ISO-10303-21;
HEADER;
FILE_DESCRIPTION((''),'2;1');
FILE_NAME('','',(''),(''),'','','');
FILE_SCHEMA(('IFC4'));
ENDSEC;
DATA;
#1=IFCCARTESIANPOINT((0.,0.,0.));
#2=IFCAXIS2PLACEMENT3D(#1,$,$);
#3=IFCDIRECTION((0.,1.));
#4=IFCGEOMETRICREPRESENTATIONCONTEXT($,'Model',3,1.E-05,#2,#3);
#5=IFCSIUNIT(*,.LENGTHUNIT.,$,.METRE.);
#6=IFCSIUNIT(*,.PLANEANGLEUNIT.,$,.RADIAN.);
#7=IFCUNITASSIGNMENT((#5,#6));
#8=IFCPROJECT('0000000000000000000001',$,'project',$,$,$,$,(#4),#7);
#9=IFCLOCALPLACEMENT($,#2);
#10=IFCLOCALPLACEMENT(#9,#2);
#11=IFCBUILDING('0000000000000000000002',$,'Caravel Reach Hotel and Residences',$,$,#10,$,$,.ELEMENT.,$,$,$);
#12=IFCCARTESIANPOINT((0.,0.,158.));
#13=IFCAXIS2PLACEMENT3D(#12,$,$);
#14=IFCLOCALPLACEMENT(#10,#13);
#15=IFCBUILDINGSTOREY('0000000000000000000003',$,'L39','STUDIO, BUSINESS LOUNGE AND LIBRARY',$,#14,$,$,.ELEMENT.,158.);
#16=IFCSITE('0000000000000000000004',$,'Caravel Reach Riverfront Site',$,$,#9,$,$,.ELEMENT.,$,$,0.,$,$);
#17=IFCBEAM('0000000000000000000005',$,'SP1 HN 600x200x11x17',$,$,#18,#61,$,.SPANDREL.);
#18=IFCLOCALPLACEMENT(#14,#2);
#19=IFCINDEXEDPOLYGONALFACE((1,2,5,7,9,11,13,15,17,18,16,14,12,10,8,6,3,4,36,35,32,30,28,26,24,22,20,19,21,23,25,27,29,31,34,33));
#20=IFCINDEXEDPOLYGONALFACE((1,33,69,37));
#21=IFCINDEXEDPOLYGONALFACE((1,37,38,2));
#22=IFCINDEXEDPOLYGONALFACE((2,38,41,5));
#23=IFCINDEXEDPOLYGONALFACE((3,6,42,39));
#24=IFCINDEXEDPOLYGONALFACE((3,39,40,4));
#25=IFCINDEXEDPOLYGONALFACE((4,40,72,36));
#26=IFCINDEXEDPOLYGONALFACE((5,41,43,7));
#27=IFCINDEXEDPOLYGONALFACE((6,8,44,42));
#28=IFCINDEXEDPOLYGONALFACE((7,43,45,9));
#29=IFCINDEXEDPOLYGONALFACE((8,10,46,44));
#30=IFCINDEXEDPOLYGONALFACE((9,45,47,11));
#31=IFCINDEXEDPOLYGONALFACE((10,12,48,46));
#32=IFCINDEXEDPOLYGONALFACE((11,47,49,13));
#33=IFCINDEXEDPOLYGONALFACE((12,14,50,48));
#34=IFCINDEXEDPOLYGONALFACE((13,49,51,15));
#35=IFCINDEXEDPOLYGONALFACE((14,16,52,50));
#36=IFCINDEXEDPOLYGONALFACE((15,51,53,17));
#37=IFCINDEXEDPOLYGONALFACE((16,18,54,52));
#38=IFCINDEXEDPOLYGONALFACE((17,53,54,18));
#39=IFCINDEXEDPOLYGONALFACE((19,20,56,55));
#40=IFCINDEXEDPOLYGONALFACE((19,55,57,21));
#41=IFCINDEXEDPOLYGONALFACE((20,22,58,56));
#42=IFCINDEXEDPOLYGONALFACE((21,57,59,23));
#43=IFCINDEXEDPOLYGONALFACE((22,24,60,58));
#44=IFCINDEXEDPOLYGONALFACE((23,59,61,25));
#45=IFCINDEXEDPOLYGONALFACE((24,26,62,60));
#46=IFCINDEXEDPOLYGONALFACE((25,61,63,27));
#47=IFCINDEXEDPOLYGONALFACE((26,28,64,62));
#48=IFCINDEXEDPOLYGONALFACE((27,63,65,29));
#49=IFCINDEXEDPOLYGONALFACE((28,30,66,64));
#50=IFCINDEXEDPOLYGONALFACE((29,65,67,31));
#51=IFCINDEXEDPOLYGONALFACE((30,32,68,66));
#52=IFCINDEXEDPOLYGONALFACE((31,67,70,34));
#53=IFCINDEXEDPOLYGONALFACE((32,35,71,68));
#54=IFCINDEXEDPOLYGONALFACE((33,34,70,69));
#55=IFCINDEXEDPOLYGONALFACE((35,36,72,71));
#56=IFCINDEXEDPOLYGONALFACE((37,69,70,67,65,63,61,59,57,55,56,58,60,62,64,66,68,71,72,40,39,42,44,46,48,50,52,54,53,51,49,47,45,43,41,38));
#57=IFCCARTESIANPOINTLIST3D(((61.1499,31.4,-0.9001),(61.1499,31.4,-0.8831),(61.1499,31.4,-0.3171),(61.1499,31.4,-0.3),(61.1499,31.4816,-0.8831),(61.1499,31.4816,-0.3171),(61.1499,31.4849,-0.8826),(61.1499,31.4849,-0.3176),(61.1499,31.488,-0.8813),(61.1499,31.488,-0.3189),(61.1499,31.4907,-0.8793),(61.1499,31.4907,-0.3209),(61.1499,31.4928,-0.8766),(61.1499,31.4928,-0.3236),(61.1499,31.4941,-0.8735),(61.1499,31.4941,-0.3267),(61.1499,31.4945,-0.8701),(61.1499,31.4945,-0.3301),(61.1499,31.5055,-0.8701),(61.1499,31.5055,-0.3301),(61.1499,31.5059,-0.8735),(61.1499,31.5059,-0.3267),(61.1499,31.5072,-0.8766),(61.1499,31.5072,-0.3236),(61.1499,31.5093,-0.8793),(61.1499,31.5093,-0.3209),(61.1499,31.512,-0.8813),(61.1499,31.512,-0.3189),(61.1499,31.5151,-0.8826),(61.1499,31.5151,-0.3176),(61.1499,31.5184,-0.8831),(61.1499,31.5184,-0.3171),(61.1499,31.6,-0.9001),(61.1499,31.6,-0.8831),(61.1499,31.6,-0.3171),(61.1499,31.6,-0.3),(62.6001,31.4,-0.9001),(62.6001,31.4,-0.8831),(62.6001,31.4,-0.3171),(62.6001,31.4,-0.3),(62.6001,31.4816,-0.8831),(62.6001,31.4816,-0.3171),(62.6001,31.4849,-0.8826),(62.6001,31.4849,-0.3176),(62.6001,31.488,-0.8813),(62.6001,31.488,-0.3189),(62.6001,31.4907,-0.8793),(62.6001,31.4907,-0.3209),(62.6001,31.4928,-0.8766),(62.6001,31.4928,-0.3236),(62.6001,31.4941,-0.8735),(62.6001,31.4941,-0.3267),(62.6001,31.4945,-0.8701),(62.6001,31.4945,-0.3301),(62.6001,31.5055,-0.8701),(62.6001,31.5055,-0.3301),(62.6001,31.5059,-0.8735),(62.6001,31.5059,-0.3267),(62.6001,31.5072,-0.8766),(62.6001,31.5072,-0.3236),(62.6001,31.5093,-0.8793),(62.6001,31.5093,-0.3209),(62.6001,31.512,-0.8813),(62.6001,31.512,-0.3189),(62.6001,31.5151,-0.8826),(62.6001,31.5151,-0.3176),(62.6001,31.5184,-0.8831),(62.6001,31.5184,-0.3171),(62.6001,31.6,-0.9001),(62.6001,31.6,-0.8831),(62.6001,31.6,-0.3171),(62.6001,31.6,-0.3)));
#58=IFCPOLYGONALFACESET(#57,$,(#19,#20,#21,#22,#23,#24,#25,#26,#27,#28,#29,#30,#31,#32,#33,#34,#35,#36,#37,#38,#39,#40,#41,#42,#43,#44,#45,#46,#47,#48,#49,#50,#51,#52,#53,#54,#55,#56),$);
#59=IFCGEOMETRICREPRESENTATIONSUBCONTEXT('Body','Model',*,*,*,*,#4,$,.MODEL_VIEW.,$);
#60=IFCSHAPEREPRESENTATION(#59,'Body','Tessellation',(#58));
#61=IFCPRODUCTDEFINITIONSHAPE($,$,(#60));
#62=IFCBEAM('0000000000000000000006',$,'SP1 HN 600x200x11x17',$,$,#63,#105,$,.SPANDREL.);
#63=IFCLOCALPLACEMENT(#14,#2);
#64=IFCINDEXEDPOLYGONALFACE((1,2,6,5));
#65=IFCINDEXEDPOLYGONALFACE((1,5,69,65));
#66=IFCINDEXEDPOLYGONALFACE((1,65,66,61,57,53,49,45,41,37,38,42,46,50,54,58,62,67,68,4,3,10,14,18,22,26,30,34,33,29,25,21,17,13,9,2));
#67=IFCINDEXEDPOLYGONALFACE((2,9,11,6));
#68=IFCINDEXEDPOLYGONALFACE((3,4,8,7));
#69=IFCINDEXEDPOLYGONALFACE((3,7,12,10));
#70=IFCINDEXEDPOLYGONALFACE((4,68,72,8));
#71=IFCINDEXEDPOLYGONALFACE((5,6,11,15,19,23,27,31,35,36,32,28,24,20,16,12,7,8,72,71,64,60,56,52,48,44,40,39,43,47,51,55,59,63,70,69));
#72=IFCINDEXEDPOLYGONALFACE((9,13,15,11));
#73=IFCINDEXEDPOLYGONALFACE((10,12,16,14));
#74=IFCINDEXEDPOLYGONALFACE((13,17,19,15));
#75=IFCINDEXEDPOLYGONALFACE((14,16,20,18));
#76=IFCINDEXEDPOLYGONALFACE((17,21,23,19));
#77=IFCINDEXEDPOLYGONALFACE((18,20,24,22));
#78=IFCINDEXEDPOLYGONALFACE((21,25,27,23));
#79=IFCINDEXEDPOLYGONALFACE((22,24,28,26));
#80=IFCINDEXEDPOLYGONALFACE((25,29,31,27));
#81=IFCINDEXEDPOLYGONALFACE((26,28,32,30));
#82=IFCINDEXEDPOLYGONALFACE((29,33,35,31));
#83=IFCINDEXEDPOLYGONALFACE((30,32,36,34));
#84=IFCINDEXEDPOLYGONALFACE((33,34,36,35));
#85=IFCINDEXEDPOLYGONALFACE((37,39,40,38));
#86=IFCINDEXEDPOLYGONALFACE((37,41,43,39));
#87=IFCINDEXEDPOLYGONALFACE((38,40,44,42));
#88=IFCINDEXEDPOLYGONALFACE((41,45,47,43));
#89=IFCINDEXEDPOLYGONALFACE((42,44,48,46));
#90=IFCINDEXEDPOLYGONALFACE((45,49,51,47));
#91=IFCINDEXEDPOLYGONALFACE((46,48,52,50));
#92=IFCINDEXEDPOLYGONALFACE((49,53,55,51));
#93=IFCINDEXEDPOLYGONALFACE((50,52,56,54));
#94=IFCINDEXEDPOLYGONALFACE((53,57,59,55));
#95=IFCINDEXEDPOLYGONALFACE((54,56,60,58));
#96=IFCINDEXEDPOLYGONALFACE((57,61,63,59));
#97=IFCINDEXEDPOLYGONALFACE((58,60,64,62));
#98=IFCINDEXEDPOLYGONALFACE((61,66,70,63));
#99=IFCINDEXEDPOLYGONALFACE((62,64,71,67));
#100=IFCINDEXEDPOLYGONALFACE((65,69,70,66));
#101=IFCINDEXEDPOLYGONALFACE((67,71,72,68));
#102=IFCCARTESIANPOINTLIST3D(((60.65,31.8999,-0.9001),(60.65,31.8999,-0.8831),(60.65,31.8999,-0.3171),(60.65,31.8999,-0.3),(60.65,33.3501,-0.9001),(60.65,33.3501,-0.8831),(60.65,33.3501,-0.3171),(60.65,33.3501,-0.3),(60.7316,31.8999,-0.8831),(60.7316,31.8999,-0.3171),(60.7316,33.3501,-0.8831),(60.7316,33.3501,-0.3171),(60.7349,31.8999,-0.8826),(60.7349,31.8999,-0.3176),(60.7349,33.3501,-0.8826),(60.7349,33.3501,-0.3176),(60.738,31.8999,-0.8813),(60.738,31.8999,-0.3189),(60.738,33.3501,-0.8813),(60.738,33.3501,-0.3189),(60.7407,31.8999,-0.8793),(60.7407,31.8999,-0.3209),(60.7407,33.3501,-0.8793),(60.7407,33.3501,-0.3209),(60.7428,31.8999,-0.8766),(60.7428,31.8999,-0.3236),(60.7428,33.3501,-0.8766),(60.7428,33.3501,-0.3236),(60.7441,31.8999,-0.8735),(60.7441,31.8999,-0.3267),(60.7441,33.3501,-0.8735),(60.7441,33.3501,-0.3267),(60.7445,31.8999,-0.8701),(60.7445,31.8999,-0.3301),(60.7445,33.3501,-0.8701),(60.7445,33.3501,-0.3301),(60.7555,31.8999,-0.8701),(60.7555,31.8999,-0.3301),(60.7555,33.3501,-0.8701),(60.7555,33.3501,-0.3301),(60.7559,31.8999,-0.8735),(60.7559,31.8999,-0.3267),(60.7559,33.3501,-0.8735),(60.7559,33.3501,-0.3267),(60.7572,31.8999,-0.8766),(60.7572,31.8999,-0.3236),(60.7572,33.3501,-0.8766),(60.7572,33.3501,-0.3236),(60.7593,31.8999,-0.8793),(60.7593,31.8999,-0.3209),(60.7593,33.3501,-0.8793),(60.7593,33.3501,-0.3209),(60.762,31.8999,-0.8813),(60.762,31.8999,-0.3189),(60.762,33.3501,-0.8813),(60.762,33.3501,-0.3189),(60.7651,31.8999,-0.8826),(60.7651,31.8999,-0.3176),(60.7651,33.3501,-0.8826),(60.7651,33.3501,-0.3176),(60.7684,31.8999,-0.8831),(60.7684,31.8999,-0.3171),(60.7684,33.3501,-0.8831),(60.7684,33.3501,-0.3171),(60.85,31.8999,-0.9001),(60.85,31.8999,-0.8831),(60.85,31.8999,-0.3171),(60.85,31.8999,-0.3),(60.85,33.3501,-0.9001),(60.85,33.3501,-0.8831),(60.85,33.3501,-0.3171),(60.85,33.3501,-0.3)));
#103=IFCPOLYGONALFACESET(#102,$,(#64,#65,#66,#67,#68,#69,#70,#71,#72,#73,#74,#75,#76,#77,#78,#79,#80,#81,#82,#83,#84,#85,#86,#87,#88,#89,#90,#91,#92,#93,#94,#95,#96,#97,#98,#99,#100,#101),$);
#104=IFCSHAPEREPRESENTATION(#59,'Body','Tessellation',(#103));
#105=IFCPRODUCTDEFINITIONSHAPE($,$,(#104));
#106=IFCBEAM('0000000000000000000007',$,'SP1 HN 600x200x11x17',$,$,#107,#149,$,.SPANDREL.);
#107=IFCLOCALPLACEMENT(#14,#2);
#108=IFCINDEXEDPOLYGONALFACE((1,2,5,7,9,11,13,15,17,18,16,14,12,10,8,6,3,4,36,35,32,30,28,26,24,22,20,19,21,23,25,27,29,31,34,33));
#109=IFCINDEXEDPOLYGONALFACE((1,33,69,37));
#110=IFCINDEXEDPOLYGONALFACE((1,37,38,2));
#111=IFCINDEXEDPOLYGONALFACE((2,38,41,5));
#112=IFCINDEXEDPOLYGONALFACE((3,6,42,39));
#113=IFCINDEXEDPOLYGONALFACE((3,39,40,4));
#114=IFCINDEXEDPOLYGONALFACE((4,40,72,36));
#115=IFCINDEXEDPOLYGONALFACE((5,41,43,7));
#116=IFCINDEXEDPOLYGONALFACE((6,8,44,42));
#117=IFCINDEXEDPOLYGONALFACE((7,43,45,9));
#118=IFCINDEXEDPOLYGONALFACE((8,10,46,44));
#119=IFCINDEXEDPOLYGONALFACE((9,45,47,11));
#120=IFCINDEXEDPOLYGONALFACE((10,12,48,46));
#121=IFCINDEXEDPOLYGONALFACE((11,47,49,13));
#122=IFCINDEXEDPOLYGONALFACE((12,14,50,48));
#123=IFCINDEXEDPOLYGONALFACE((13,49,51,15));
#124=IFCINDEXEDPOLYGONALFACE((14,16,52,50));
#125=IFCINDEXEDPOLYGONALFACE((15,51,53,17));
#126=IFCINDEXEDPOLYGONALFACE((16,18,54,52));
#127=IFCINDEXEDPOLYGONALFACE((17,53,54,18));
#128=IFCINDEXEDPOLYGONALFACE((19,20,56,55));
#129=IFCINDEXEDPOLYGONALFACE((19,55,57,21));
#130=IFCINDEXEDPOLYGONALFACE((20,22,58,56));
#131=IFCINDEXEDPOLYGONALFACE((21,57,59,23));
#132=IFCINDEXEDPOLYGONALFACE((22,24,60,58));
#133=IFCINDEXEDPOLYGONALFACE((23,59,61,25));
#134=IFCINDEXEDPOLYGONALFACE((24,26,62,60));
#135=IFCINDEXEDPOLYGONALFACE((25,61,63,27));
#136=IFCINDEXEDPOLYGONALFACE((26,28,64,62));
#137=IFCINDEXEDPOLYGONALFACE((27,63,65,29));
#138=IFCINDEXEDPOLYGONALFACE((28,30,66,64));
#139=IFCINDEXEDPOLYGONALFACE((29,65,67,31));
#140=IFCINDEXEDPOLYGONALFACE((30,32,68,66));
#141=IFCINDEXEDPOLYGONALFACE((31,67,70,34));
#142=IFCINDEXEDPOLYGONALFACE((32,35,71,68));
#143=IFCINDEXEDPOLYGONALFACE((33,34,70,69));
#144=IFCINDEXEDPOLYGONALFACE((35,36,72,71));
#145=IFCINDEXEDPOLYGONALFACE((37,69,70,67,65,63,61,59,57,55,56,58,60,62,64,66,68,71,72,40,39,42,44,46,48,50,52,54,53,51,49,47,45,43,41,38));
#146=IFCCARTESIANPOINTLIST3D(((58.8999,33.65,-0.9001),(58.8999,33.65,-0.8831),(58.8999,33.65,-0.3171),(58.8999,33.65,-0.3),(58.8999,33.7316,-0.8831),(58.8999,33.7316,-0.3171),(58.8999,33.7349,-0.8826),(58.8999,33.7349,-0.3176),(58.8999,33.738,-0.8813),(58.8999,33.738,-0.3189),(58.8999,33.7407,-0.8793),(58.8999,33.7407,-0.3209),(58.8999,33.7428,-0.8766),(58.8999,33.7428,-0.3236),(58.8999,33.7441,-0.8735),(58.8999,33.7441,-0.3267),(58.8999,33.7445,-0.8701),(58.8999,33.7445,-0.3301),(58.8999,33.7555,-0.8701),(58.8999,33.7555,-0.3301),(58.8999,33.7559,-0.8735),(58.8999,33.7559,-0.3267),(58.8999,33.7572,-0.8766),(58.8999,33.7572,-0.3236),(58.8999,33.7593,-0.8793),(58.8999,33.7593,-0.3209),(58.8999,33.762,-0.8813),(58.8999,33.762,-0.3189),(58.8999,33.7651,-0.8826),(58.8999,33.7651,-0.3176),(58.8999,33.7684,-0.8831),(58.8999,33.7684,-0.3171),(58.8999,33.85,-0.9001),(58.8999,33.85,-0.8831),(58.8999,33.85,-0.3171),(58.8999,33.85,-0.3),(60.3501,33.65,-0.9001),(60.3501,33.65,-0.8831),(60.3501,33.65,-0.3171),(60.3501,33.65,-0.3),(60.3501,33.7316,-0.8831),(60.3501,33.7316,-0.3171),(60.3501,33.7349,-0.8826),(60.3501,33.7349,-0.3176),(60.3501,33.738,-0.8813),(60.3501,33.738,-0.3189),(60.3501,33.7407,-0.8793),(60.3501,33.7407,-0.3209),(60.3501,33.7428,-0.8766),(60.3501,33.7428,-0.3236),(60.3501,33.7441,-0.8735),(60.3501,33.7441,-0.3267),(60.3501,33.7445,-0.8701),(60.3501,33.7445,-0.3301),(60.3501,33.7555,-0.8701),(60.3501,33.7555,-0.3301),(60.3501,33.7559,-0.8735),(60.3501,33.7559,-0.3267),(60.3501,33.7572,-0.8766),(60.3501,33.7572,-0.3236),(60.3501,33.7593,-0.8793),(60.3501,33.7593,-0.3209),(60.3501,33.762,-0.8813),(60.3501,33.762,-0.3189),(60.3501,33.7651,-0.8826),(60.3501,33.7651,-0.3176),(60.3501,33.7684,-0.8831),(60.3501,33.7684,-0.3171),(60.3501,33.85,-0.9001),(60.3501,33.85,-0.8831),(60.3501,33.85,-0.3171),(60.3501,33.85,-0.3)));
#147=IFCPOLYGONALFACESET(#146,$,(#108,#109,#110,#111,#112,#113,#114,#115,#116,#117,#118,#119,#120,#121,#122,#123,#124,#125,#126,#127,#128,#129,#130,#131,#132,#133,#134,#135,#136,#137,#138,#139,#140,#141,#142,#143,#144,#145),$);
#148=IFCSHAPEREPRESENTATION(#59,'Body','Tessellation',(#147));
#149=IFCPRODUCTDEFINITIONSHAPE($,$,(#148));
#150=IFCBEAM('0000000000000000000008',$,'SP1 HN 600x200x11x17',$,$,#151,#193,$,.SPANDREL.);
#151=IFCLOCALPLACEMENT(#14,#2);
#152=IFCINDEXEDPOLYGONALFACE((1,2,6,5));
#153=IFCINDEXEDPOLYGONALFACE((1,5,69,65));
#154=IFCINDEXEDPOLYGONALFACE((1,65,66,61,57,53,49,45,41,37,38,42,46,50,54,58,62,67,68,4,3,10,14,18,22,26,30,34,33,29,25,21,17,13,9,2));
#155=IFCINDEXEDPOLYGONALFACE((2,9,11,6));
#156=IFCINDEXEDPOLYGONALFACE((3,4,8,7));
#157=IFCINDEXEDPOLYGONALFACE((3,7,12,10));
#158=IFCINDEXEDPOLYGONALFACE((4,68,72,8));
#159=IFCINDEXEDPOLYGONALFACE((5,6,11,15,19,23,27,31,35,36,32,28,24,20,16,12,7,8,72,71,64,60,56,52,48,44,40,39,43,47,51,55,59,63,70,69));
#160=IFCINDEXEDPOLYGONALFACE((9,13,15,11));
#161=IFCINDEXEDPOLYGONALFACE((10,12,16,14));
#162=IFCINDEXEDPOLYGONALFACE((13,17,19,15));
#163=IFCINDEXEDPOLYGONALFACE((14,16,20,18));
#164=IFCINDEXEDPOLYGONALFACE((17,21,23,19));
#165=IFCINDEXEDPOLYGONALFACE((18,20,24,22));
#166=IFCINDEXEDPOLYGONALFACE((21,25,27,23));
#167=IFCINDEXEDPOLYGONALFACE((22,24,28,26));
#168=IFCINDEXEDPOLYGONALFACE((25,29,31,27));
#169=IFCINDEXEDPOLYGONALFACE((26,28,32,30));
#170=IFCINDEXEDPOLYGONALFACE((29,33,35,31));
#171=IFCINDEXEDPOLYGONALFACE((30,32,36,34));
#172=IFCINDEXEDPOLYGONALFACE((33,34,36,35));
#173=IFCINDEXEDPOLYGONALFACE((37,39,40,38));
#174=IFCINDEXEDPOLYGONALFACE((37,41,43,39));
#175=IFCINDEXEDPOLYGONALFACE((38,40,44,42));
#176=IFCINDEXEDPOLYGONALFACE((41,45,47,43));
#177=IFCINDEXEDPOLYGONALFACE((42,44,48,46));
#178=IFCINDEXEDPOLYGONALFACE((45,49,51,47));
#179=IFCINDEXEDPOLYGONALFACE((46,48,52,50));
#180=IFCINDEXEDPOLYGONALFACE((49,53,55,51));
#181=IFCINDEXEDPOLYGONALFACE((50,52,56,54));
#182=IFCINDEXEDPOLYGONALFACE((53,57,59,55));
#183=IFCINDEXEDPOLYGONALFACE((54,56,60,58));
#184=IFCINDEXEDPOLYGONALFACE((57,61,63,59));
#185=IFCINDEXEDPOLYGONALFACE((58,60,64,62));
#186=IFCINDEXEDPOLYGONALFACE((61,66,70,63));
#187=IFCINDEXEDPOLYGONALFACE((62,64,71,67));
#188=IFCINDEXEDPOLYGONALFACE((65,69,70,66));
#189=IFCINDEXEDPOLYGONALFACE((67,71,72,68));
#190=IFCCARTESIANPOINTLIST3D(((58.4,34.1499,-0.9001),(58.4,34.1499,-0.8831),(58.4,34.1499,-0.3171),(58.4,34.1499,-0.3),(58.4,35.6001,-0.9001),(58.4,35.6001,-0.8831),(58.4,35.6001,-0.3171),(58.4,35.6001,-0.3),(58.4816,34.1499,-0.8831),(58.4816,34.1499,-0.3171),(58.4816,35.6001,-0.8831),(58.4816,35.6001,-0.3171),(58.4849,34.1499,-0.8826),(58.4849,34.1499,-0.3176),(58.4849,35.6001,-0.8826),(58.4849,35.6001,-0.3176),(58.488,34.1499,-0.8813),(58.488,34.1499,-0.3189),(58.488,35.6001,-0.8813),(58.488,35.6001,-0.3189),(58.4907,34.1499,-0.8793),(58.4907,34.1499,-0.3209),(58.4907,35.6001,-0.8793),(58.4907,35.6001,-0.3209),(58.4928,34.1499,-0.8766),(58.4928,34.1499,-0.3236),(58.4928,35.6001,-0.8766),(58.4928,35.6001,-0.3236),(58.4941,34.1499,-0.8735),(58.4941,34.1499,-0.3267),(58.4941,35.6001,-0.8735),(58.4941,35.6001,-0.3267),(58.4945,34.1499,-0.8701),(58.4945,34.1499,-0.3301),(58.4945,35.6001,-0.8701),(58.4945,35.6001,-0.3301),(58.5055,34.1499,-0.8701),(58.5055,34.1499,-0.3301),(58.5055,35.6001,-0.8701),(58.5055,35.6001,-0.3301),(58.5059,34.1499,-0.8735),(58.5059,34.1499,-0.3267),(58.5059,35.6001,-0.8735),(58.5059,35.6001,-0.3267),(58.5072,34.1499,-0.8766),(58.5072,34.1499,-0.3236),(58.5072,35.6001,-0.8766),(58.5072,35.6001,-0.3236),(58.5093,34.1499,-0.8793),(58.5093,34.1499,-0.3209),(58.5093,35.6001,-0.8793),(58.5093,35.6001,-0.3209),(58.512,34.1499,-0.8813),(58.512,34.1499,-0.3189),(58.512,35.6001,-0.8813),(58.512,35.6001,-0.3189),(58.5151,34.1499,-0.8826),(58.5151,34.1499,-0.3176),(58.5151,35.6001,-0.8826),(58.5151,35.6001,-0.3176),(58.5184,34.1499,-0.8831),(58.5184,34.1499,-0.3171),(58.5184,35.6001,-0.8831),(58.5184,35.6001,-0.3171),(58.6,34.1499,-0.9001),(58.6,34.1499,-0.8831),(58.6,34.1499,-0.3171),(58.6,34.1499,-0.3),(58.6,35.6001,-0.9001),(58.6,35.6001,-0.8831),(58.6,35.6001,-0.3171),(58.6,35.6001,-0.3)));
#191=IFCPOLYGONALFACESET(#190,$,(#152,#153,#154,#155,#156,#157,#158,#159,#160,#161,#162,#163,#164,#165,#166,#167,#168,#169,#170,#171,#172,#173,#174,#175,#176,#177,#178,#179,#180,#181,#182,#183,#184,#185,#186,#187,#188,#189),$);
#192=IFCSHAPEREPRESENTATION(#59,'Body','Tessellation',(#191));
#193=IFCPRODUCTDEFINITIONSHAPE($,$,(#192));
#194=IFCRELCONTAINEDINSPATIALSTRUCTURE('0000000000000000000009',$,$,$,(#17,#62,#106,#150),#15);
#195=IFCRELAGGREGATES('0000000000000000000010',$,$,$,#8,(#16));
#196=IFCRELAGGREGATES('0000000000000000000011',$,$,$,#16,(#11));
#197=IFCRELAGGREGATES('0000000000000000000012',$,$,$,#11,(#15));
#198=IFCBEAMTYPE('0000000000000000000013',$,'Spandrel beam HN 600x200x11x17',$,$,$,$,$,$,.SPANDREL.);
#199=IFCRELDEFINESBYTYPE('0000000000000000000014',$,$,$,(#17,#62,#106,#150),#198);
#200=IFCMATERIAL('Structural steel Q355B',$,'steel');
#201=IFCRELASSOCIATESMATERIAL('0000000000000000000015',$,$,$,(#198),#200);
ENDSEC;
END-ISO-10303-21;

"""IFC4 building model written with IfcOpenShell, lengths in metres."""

from ifc_helpers import new_model, si_unit, direction, frame, origin, origin_2d, place, context, subcontext, project, spatial, i_section, extrude, material, material_profile, profile_set, type_object, element, save


model = new_model("IFC4")

# Units and contexts
model_context = context("Model", 3, precision=1e-05, world=origin(), true_north=direction((0.0, 1.0)))
body_context = subcontext(model_context, "Body", "Model", "MODEL_VIEW")
ifc_project = project(units=[si_unit("LENGTHUNIT", "METRE"), si_unit("PLANEANGLEUNIT", "RADIAN")], contexts=[model_context])

# Site, building, storey
site_placement = place(None, origin())
site = spatial("IfcSite", under=ifc_project, at=site_placement, Name="Caravel Reach Riverfront Site", CompositionType="ELEMENT", RefElevation=0.0)
building_placement = place(site_placement, origin())
building = spatial("IfcBuilding", under=site, at=building_placement, Name="Caravel Reach Hotel and Residences", CompositionType="ELEMENT")
storey_placement = place(building_placement, frame((0.0, 0.0, 158.0)))
storey = spatial("IfcBuildingStorey", under=building, at=storey_placement, Name="L39", Description="STUDIO, BUSINESS LOUNGE AND LIBRARY", CompositionType="ELEMENT", Elevation=158.0)

# Beams
ifc_material_1 = material(Name="Structural steel Q355B", Category="steel")
ifc_material_profile_1 = material_profile(ifc_material_1, i_section(OverallWidth=0.2, OverallDepth=0.6001, WebThickness=0.011, FlangeThickness=0.0171, FilletRadius=0.0129, at=origin_2d()), Name="HN 600x200x11x17")
ifc_profile_set_1 = profile_set([ifc_material_profile_1], Name="Structural steel Q355B")
beam_type = type_object("IfcBeamType", Name="Spandrel beam HN 600x200x11x17", PredefinedType="SPANDREL", material=ifc_profile_set_1)
for number, where, z_axis, x_axis, name in (
    (1, (62.6001, 31.5, -0.6001), (-1.0, 0.0, 0.0), (0.0, -1.0, 0.0), "SP1 HN 600x200x11x17"),
    (2, (60.75, 31.8999, -0.6001), (0.0, 1.0, 0.0), (-1.0, 0.0, 0.0), "SP1 HN 600x200x11x17"),
    (3, (60.3501, 33.75, -0.6001), (-1.0, 0.0, 0.0), (0.0, -1.0, 0.0), "SP1 HN 600x200x11x17"),
    (4, (58.5, 34.1499, -0.6001), (0.0, 1.0, 0.0), (-1.0, 0.0, 0.0), "SP1 HN 600x200x11x17"),
):
    element("IfcBeam", number, at=place(storey_placement, frame(where, z_axis=z_axis, x_axis=x_axis)), inside=storey, type_object=beam_type, Name=name, PredefinedType="SPANDREL", context=body_context, shape_type="SweptSolid", body=[
        extrude(i_section(OverallWidth=0.2, OverallDepth=0.6001, WebThickness=0.011, FlangeThickness=0.0171, FilletRadius=0.0129, at=origin_2d()), origin(), (0.0, 0.0, 1.0), 1.4502),
    ])

save(model, "model.ifc")
